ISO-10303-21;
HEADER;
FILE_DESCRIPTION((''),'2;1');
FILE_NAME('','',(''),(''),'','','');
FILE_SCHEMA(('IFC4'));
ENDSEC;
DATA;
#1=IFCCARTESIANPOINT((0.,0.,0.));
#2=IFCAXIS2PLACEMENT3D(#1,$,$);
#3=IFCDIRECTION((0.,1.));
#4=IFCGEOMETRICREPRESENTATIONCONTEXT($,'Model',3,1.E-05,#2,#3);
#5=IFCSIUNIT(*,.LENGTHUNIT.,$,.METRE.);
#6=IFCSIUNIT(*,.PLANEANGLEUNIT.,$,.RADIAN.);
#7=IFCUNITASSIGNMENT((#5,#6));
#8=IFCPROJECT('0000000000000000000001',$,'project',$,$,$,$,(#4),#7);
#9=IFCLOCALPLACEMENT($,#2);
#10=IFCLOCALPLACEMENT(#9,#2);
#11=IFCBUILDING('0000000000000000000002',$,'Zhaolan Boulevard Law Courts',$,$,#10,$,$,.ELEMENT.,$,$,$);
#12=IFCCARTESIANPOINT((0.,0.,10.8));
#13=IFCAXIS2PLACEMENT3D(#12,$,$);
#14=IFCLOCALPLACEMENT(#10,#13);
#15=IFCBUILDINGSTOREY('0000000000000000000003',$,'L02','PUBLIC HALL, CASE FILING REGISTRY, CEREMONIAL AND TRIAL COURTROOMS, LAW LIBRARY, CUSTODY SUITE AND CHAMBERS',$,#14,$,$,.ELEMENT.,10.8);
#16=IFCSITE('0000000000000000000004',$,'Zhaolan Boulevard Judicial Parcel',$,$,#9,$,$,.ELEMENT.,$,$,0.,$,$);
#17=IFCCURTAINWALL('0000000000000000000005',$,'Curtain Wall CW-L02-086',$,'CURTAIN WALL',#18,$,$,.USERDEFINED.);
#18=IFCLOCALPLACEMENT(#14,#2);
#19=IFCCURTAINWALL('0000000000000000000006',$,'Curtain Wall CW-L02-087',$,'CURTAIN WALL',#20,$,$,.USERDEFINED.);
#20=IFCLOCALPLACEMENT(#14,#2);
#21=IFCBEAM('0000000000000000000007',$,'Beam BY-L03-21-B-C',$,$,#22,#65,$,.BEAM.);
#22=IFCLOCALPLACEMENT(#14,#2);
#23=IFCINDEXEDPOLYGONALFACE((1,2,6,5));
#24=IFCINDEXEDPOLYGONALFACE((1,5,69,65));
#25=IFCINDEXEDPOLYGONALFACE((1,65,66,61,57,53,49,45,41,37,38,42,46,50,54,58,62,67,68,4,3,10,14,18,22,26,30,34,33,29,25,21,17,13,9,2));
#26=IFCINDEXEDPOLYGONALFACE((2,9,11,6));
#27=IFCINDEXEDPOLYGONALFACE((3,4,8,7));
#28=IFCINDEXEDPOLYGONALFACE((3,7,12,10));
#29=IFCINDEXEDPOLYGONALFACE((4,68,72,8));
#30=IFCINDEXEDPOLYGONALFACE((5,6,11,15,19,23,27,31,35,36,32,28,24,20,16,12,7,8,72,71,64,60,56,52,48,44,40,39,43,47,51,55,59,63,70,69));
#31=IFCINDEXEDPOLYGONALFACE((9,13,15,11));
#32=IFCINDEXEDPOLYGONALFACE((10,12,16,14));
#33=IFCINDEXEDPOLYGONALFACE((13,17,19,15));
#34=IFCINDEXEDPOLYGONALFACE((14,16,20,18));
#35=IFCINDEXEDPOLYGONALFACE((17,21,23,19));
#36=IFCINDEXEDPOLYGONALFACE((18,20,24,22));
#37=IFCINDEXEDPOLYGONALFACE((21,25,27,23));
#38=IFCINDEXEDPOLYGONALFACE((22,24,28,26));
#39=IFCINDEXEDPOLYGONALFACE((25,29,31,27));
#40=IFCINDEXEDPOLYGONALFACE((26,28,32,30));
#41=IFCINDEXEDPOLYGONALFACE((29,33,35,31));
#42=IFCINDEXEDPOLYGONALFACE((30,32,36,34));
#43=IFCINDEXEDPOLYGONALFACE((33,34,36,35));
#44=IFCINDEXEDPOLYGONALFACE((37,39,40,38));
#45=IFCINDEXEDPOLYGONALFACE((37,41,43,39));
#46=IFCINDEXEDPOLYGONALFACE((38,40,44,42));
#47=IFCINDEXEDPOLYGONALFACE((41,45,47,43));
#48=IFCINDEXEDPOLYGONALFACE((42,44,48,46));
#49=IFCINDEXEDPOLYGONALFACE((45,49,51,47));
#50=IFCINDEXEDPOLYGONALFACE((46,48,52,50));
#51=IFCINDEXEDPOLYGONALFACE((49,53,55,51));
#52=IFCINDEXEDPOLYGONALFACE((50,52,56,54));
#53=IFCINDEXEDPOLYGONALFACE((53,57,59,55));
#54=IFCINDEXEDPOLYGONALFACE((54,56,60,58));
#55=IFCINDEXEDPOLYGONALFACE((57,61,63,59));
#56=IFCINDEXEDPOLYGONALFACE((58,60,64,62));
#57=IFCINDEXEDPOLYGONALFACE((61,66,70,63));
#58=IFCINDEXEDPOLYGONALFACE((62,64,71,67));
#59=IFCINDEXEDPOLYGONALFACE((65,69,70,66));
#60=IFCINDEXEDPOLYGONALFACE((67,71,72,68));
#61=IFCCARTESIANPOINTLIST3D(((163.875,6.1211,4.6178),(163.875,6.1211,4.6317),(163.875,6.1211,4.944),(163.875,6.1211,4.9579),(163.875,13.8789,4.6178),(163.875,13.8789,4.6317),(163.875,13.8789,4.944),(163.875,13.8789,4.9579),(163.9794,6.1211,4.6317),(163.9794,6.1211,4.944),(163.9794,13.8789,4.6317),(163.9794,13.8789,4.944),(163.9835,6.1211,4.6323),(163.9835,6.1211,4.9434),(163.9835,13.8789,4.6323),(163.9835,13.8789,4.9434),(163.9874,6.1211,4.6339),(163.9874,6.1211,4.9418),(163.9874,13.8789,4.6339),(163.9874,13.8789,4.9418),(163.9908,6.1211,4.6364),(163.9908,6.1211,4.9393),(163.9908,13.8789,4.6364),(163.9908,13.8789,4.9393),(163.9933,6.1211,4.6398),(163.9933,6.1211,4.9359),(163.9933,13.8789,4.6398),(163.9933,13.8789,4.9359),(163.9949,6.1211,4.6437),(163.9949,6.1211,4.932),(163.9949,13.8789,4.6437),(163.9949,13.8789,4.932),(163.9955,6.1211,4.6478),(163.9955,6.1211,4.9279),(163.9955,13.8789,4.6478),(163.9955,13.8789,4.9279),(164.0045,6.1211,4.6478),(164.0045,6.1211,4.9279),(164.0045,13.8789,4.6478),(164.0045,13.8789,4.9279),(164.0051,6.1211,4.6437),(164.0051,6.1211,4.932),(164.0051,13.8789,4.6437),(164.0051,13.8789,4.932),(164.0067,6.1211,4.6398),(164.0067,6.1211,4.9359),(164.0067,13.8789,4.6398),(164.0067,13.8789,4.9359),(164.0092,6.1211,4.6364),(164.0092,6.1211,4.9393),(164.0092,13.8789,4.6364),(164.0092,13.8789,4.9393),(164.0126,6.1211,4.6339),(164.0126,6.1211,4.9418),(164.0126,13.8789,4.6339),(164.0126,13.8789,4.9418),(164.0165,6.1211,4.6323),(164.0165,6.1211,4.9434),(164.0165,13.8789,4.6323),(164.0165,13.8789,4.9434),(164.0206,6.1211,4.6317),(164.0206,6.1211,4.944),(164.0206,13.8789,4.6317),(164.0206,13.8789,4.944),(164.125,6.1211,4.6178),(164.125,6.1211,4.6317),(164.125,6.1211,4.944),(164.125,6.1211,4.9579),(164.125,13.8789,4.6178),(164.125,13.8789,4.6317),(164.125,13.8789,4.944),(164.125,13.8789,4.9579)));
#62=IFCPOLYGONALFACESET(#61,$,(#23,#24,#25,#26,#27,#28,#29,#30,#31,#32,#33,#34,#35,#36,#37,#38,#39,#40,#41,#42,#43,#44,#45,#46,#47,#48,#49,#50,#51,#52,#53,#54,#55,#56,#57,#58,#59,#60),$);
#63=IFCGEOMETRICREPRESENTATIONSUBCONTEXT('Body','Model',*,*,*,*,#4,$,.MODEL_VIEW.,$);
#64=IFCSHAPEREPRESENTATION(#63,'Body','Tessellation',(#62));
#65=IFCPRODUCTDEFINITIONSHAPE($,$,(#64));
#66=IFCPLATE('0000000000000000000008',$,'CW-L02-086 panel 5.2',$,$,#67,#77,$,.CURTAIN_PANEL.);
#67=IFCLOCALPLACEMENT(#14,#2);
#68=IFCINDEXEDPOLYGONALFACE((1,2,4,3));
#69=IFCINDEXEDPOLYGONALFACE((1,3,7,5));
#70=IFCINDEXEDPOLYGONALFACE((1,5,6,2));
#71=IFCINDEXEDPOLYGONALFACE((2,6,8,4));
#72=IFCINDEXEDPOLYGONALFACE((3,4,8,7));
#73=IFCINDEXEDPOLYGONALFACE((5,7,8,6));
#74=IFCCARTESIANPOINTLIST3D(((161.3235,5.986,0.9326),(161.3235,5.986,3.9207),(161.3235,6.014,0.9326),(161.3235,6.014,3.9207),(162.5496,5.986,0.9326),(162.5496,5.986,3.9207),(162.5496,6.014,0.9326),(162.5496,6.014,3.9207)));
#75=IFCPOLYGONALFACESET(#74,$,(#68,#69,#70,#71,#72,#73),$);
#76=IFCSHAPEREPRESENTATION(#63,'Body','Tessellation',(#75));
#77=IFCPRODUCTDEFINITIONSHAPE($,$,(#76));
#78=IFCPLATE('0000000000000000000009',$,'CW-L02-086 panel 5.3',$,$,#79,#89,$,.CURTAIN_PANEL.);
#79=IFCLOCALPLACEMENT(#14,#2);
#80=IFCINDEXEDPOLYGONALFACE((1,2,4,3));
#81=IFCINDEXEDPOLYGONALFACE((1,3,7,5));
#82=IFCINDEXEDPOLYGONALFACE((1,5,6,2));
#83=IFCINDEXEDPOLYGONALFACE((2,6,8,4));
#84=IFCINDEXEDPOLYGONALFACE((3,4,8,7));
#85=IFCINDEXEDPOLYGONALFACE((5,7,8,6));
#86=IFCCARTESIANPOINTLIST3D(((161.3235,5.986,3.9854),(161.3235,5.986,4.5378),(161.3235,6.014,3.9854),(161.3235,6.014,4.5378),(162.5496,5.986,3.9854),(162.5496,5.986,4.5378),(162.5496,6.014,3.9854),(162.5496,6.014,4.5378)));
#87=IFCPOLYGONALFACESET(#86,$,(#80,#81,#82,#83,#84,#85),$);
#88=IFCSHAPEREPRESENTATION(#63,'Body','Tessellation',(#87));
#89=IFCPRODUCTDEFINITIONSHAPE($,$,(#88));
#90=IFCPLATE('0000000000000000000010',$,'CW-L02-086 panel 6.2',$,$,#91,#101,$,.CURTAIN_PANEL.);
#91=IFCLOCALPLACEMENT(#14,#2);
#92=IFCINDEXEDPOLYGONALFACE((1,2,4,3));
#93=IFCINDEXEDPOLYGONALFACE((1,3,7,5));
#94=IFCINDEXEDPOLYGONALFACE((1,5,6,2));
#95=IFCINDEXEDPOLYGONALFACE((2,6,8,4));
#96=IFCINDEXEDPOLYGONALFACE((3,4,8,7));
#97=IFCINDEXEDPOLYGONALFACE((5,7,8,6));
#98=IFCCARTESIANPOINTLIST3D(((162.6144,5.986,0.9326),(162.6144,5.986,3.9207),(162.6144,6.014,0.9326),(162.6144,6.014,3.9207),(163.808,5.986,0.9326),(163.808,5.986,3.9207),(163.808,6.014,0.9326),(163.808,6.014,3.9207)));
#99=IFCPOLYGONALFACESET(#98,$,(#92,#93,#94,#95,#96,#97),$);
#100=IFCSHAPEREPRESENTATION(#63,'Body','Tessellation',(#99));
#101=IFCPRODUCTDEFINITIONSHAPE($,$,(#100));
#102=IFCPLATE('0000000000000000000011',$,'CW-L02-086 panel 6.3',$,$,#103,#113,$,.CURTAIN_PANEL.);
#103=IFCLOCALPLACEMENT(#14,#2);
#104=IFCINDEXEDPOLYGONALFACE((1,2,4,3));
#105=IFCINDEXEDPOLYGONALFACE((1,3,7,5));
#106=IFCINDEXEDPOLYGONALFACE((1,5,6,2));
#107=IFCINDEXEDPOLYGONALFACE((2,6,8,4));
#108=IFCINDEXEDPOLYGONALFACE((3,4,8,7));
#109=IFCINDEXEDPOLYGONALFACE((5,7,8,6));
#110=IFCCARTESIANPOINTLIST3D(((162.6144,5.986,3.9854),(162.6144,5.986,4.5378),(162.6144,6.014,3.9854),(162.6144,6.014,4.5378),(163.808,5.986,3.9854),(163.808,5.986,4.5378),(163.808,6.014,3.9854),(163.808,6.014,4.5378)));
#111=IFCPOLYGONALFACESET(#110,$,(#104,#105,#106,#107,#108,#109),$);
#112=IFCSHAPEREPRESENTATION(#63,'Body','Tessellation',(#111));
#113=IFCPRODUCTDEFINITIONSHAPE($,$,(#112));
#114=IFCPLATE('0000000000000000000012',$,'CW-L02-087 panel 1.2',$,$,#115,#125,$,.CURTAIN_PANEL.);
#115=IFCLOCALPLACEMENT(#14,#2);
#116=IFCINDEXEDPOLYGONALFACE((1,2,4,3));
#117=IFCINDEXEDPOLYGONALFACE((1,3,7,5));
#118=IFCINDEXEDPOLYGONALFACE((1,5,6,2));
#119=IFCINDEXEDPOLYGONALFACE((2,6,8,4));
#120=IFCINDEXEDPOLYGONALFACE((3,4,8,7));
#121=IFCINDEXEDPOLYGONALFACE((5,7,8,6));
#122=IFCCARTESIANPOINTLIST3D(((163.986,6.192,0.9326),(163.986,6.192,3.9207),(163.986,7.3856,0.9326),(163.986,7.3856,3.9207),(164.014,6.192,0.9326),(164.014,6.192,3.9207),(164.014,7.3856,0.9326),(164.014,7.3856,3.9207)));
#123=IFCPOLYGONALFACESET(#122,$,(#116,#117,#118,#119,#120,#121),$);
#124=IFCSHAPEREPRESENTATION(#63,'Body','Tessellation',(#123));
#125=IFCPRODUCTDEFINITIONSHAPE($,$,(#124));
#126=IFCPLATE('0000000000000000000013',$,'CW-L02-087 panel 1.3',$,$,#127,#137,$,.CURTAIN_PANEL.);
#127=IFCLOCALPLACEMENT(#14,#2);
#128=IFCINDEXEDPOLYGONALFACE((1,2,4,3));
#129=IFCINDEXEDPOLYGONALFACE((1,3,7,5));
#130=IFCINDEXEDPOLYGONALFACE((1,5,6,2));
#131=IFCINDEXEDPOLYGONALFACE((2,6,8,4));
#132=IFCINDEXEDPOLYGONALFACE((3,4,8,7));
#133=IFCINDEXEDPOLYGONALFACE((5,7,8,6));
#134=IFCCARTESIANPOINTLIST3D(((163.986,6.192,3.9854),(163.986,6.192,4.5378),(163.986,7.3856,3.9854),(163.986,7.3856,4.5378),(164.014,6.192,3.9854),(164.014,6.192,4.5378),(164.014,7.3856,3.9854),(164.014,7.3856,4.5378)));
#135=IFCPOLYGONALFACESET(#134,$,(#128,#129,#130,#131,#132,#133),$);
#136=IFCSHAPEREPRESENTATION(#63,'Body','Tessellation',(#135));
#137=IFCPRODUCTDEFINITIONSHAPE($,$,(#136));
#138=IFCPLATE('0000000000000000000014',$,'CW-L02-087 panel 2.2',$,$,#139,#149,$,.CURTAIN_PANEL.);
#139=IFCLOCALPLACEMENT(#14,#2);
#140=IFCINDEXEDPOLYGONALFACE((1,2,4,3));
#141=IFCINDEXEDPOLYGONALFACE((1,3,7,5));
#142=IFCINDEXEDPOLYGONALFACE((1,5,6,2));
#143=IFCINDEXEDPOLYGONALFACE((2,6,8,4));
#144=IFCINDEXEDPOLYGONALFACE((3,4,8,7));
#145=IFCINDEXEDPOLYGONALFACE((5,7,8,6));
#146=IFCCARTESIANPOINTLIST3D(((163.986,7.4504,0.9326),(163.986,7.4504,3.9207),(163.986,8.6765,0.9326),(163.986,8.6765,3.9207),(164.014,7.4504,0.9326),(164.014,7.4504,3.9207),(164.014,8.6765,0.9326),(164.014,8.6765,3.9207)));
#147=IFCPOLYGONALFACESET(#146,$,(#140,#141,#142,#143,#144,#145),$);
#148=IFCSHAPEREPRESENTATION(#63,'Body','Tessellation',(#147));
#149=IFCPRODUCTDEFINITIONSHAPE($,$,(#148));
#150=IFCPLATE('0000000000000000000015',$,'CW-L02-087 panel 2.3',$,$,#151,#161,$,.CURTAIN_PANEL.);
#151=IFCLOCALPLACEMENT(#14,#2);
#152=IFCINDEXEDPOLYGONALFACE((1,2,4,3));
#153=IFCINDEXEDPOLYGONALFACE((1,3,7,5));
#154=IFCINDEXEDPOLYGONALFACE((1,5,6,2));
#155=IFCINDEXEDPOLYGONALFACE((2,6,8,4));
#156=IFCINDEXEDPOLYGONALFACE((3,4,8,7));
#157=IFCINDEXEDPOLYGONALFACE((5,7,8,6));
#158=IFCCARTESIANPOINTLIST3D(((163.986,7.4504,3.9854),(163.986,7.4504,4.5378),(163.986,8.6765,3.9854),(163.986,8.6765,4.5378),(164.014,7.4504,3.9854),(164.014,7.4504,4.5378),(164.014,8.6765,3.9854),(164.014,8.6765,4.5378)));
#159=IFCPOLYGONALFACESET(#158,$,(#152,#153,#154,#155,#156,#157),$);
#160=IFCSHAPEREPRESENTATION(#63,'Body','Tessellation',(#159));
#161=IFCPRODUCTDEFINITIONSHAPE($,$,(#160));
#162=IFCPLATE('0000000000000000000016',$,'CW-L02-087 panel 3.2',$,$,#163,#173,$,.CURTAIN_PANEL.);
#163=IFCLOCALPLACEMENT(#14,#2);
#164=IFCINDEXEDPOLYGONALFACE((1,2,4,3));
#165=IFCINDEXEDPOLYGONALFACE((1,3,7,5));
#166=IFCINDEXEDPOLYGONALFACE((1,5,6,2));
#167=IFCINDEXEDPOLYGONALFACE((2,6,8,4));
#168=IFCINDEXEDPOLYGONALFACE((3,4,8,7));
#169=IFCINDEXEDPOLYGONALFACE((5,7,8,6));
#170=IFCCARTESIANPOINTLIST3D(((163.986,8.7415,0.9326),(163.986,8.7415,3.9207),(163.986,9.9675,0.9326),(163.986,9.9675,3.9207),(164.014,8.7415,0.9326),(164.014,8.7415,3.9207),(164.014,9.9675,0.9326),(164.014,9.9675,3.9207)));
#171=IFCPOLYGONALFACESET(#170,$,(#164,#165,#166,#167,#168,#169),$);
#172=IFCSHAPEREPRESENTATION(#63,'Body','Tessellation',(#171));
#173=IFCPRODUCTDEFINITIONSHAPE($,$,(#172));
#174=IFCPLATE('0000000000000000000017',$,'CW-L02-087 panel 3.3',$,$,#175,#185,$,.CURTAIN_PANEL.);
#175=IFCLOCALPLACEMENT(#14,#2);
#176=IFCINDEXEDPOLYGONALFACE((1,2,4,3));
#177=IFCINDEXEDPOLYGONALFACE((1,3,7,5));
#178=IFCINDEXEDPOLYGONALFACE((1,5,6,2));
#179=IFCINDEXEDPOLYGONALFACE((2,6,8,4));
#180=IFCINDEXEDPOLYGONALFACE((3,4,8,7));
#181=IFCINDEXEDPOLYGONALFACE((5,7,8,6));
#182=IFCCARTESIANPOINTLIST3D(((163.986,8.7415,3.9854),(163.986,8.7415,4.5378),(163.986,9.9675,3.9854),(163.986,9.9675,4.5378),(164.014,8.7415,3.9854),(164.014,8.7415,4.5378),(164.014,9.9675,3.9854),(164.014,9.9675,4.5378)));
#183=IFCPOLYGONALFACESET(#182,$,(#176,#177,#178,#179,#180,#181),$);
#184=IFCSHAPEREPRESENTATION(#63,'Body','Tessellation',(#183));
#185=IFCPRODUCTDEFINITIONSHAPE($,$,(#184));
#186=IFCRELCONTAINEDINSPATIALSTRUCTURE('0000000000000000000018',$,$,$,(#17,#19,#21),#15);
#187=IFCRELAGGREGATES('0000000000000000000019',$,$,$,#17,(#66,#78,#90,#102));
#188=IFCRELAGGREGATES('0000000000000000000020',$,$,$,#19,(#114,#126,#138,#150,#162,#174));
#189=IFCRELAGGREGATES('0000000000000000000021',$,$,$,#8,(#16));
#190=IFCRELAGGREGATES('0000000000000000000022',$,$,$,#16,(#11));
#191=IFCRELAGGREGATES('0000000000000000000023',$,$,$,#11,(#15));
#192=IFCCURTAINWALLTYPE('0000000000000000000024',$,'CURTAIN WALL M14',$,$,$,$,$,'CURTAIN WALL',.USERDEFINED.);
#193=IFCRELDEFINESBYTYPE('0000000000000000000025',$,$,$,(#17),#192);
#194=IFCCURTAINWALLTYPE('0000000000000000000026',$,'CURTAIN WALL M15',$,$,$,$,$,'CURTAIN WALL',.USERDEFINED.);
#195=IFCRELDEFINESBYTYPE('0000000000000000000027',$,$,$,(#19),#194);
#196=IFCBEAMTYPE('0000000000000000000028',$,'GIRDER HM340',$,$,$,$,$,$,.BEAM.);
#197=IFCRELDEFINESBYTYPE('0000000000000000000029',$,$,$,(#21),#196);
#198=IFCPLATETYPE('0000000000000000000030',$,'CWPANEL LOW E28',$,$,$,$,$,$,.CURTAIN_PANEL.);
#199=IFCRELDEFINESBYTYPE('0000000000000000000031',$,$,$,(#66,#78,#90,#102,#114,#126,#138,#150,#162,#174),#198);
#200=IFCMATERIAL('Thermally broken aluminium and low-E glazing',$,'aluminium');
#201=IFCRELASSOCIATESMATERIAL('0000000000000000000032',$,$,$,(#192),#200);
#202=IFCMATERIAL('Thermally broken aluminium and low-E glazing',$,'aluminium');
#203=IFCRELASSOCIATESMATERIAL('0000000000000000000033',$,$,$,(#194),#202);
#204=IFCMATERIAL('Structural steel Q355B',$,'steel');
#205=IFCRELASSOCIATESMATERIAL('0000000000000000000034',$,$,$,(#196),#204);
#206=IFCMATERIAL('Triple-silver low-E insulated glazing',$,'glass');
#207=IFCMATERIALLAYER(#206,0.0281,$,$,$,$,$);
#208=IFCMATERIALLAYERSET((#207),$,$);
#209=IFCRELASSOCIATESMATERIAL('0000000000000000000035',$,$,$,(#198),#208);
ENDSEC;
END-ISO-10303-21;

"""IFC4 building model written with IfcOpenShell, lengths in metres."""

from ifc_helpers import new_model, si_unit, direction, frame, origin, origin_2d, place, context, subcontext, project, spatial, rectangle, i_section, extrude, material, layer, layer_set, material_profile, profile_set, type_object, element, aggregate, save


model = new_model("IFC4")

# Units and contexts
model_context = context("Model", 3, precision=1e-05, world=origin(), true_north=direction((0.0, 1.0)))
body_context = subcontext(model_context, "Body", "Model", "MODEL_VIEW")
ifc_project = project(units=[si_unit("LENGTHUNIT", "METRE"), si_unit("PLANEANGLEUNIT", "RADIAN")], contexts=[model_context])

# Site, building, storey
site_placement = place(None, origin())
site = spatial("IfcSite", under=ifc_project, at=site_placement, Name="Zhaolan Boulevard Judicial Parcel", CompositionType="ELEMENT", RefElevation=0.0)
building_placement = place(site_placement, origin())
building = spatial("IfcBuilding", under=site, at=building_placement, Name="Zhaolan Boulevard Law Courts", CompositionType="ELEMENT")
storey_placement = place(building_placement, frame((0.0, 0.0, 10.8)))
storey = spatial("IfcBuildingStorey", under=building, at=storey_placement, Name="L02", Description="PUBLIC HALL, CASE FILING REGISTRY, CEREMONIAL AND TRIAL COURTROOMS, LAW LIBRARY, CUSTODY SUITE AND CHAMBERS", CompositionType="ELEMENT", Elevation=10.8)

# Curtain walls
ifc_material_1 = material(Name="Thermally broken aluminium and low-E glazing", Category="aluminium")
curtain_wall_type_1 = type_object("IfcCurtainWallType", Name="CURTAIN WALL M14", ElementType="CURTAIN WALL", PredefinedType="USERDEFINED", material=ifc_material_1)
curtain_wall_1_placement = place(storey_placement, origin())
curtain_wall_1 = element("IfcCurtainWall", 1, at=curtain_wall_1_placement, inside=storey, type_object=curtain_wall_type_1, Name="Curtain Wall CW-L02-086", ObjectType="CURTAIN WALL", PredefinedType="USERDEFINED")
ifc_material_2 = material(Name="Thermally broken aluminium and low-E glazing", Category="aluminium")
curtain_wall_type_2 = type_object("IfcCurtainWallType", Name="CURTAIN WALL M15", ElementType="CURTAIN WALL", PredefinedType="USERDEFINED", material=ifc_material_2)
curtain_wall_2_placement = place(storey_placement, origin())
curtain_wall_2 = element("IfcCurtainWall", 2, at=curtain_wall_2_placement, inside=storey, type_object=curtain_wall_type_2, Name="Curtain Wall CW-L02-087", ObjectType="CURTAIN WALL", PredefinedType="USERDEFINED")

# Beam
ifc_material_3 = material(Name="Structural steel Q355B", Category="steel")
ifc_material_profile_1 = material_profile(ifc_material_3, i_section(OverallWidth=0.25, OverallDepth=0.3401, WebThickness=0.009, FlangeThickness=0.0139, FilletRadius=0.0161, at=origin_2d()), Name="HM340x250")
ifc_profile_set_1 = profile_set([ifc_material_profile_1], Name="Structural steel Q355B")
beam_type = type_object("IfcBeamType", Name="GIRDER HM340", PredefinedType="BEAM", material=ifc_profile_set_1)
beam_placement = place(storey_placement, frame((164.0, 6.1211, 4.7878), z_axis=(0.0, 1.0, 0.0), x_axis=(-1.0, 0.0, 0.0)))
element("IfcBeam", 3, at=beam_placement, inside=storey, type_object=beam_type, Name="Beam BY-L03-21-B-C", PredefinedType="BEAM", context=body_context, shape_type="SweptSolid", body=[
    extrude(i_section(OverallWidth=0.25, OverallDepth=0.3401, WebThickness=0.009, FlangeThickness=0.0139, FilletRadius=0.0161, at=origin_2d()), origin(), (0.0, 0.0, 1.0), 7.7578),
])

# Plates
ifc_material_4 = material(Name="Triple-silver low-E insulated glazing", Category="glass")
ifc_layer = layer(ifc_material_4, 0.0281)
ifc_layer_set = layer_set([ifc_layer])
plate_type = type_object("IfcPlateType", Name="CWPANEL LOW E28", PredefinedType="CURTAIN_PANEL", material=ifc_layer_set)
plate_1_placement = place(storey_placement, frame((161.9365, 6.0, 0.9326), z_axis=(0.0, 0.0, 1.0), x_axis=(1.0, 0.0, 0.0)))
plate_1 = element("IfcPlate", 4, at=plate_1_placement, type_object=plate_type, Name="CW-L02-086 panel 5.2", PredefinedType="CURTAIN_PANEL", context=body_context, shape_type="SweptSolid", body=[
    extrude(rectangle(XDim=1.2261, YDim=0.0281, at=origin_2d()), origin(), (0.0, 0.0, 1.0), 2.988),
])
plate_2_placement = place(storey_placement, frame((161.9365, 6.0, 3.9854), z_axis=(0.0, 0.0, 1.0), x_axis=(1.0, 0.0, 0.0)))
plate_2 = element("IfcPlate", 5, at=plate_2_placement, type_object=plate_type, Name="CW-L02-086 panel 5.3", PredefinedType="CURTAIN_PANEL", context=body_context, shape_type="SweptSolid", body=[
    extrude(rectangle(XDim=1.2261, YDim=0.0281, at=origin_2d()), origin(), (0.0, 0.0, 1.0), 0.5525),
])
plate_3_placement = place(storey_placement, frame((163.2112, 6.0, 0.9326), z_axis=(0.0, 0.0, 1.0), x_axis=(1.0, 0.0, 0.0)))
plate_3 = element("IfcPlate", 6, at=plate_3_placement, type_object=plate_type, Name="CW-L02-086 panel 6.2", PredefinedType="CURTAIN_PANEL", context=body_context, shape_type="SweptSolid", body=[
    extrude(rectangle(XDim=1.1936, YDim=0.0281, at=origin_2d()), origin(), (0.0, 0.0, 1.0), 2.988),
])
plate_4_placement = place(storey_placement, frame((163.2112, 6.0, 3.9854), z_axis=(0.0, 0.0, 1.0), x_axis=(1.0, 0.0, 0.0)))
plate_4 = element("IfcPlate", 7, at=plate_4_placement, type_object=plate_type, Name="CW-L02-086 panel 6.3", PredefinedType="CURTAIN_PANEL", context=body_context, shape_type="SweptSolid", body=[
    extrude(rectangle(XDim=1.1936, YDim=0.0281, at=origin_2d()), origin(), (0.0, 0.0, 1.0), 0.5525),
])
aggregate(curtain_wall_1, [plate_1, plate_2, plate_3, plate_4])
plate_5_placement = place(storey_placement, frame((164.0, 6.7888, 0.9326), z_axis=(0.0, 0.0, 1.0), x_axis=(0.0, 1.0, 0.0)))
plate_5 = element("IfcPlate", 8, at=plate_5_placement, type_object=plate_type, Name="CW-L02-087 panel 1.2", PredefinedType="CURTAIN_PANEL", context=body_context, shape_type="SweptSolid", body=[
    extrude(rectangle(XDim=1.1936, YDim=0.0281, at=origin_2d()), origin(), (0.0, 0.0, 1.0), 2.988),
])
plate_6_placement = place(storey_placement, frame((164.0, 6.7888, 3.9854), z_axis=(0.0, 0.0, 1.0), x_axis=(0.0, 1.0, 0.0)))
plate_6 = element("IfcPlate", 9, at=plate_6_placement, type_object=plate_type, Name="CW-L02-087 panel 1.3", PredefinedType="CURTAIN_PANEL", context=body_context, shape_type="SweptSolid", body=[
    extrude(rectangle(XDim=1.1936, YDim=0.0281, at=origin_2d()), origin(), (0.0, 0.0, 1.0), 0.5525),
])
plate_7_placement = place(storey_placement, frame((164.0, 8.0635, 0.9326), z_axis=(0.0, 0.0, 1.0), x_axis=(0.0, 1.0, 0.0)))
plate_7 = element("IfcPlate", 10, at=plate_7_placement, type_object=plate_type, Name="CW-L02-087 panel 2.2", PredefinedType="CURTAIN_PANEL", context=body_context, shape_type="SweptSolid", body=[
    extrude(rectangle(XDim=1.2261, YDim=0.0281, at=origin_2d()), origin(), (0.0, 0.0, 1.0), 2.988),
])
plate_8_placement = place(storey_placement, frame((164.0, 8.0635, 3.9854), z_axis=(0.0, 0.0, 1.0), x_axis=(0.0, 1.0, 0.0)))
plate_8 = element("IfcPlate", 11, at=plate_8_placement, type_object=plate_type, Name="CW-L02-087 panel 2.3", PredefinedType="CURTAIN_PANEL", context=body_context, shape_type="SweptSolid", body=[
    extrude(rectangle(XDim=1.2261, YDim=0.0281, at=origin_2d()), origin(), (0.0, 0.0, 1.0), 0.5525),
])
plate_9_placement = place(storey_placement, frame((164.0, 9.3545, 0.9326), z_axis=(0.0, 0.0, 1.0), x_axis=(0.0, 1.0, 0.0)))
plate_9 = element("IfcPlate", 12, at=plate_9_placement, type_object=plate_type, Name="CW-L02-087 panel 3.2", PredefinedType="CURTAIN_PANEL", context=body_context, shape_type="SweptSolid", body=[
    extrude(rectangle(XDim=1.2261, YDim=0.0281, at=origin_2d()), origin(), (0.0, 0.0, 1.0), 2.988),
])
plate_10_placement = place(storey_placement, frame((164.0, 9.3545, 3.9854), z_axis=(0.0, 0.0, 1.0), x_axis=(0.0, 1.0, 0.0)))
plate_10 = element("IfcPlate", 13, at=plate_10_placement, type_object=plate_type, Name="CW-L02-087 panel 3.3", PredefinedType="CURTAIN_PANEL", context=body_context, shape_type="SweptSolid", body=[
    extrude(rectangle(XDim=1.2261, YDim=0.0281, at=origin_2d()), origin(), (0.0, 0.0, 1.0), 0.5525),
])
aggregate(curtain_wall_2, [plate_5, plate_6, plate_7, plate_8, plate_9, plate_10])

save(model, "model.ifc")
